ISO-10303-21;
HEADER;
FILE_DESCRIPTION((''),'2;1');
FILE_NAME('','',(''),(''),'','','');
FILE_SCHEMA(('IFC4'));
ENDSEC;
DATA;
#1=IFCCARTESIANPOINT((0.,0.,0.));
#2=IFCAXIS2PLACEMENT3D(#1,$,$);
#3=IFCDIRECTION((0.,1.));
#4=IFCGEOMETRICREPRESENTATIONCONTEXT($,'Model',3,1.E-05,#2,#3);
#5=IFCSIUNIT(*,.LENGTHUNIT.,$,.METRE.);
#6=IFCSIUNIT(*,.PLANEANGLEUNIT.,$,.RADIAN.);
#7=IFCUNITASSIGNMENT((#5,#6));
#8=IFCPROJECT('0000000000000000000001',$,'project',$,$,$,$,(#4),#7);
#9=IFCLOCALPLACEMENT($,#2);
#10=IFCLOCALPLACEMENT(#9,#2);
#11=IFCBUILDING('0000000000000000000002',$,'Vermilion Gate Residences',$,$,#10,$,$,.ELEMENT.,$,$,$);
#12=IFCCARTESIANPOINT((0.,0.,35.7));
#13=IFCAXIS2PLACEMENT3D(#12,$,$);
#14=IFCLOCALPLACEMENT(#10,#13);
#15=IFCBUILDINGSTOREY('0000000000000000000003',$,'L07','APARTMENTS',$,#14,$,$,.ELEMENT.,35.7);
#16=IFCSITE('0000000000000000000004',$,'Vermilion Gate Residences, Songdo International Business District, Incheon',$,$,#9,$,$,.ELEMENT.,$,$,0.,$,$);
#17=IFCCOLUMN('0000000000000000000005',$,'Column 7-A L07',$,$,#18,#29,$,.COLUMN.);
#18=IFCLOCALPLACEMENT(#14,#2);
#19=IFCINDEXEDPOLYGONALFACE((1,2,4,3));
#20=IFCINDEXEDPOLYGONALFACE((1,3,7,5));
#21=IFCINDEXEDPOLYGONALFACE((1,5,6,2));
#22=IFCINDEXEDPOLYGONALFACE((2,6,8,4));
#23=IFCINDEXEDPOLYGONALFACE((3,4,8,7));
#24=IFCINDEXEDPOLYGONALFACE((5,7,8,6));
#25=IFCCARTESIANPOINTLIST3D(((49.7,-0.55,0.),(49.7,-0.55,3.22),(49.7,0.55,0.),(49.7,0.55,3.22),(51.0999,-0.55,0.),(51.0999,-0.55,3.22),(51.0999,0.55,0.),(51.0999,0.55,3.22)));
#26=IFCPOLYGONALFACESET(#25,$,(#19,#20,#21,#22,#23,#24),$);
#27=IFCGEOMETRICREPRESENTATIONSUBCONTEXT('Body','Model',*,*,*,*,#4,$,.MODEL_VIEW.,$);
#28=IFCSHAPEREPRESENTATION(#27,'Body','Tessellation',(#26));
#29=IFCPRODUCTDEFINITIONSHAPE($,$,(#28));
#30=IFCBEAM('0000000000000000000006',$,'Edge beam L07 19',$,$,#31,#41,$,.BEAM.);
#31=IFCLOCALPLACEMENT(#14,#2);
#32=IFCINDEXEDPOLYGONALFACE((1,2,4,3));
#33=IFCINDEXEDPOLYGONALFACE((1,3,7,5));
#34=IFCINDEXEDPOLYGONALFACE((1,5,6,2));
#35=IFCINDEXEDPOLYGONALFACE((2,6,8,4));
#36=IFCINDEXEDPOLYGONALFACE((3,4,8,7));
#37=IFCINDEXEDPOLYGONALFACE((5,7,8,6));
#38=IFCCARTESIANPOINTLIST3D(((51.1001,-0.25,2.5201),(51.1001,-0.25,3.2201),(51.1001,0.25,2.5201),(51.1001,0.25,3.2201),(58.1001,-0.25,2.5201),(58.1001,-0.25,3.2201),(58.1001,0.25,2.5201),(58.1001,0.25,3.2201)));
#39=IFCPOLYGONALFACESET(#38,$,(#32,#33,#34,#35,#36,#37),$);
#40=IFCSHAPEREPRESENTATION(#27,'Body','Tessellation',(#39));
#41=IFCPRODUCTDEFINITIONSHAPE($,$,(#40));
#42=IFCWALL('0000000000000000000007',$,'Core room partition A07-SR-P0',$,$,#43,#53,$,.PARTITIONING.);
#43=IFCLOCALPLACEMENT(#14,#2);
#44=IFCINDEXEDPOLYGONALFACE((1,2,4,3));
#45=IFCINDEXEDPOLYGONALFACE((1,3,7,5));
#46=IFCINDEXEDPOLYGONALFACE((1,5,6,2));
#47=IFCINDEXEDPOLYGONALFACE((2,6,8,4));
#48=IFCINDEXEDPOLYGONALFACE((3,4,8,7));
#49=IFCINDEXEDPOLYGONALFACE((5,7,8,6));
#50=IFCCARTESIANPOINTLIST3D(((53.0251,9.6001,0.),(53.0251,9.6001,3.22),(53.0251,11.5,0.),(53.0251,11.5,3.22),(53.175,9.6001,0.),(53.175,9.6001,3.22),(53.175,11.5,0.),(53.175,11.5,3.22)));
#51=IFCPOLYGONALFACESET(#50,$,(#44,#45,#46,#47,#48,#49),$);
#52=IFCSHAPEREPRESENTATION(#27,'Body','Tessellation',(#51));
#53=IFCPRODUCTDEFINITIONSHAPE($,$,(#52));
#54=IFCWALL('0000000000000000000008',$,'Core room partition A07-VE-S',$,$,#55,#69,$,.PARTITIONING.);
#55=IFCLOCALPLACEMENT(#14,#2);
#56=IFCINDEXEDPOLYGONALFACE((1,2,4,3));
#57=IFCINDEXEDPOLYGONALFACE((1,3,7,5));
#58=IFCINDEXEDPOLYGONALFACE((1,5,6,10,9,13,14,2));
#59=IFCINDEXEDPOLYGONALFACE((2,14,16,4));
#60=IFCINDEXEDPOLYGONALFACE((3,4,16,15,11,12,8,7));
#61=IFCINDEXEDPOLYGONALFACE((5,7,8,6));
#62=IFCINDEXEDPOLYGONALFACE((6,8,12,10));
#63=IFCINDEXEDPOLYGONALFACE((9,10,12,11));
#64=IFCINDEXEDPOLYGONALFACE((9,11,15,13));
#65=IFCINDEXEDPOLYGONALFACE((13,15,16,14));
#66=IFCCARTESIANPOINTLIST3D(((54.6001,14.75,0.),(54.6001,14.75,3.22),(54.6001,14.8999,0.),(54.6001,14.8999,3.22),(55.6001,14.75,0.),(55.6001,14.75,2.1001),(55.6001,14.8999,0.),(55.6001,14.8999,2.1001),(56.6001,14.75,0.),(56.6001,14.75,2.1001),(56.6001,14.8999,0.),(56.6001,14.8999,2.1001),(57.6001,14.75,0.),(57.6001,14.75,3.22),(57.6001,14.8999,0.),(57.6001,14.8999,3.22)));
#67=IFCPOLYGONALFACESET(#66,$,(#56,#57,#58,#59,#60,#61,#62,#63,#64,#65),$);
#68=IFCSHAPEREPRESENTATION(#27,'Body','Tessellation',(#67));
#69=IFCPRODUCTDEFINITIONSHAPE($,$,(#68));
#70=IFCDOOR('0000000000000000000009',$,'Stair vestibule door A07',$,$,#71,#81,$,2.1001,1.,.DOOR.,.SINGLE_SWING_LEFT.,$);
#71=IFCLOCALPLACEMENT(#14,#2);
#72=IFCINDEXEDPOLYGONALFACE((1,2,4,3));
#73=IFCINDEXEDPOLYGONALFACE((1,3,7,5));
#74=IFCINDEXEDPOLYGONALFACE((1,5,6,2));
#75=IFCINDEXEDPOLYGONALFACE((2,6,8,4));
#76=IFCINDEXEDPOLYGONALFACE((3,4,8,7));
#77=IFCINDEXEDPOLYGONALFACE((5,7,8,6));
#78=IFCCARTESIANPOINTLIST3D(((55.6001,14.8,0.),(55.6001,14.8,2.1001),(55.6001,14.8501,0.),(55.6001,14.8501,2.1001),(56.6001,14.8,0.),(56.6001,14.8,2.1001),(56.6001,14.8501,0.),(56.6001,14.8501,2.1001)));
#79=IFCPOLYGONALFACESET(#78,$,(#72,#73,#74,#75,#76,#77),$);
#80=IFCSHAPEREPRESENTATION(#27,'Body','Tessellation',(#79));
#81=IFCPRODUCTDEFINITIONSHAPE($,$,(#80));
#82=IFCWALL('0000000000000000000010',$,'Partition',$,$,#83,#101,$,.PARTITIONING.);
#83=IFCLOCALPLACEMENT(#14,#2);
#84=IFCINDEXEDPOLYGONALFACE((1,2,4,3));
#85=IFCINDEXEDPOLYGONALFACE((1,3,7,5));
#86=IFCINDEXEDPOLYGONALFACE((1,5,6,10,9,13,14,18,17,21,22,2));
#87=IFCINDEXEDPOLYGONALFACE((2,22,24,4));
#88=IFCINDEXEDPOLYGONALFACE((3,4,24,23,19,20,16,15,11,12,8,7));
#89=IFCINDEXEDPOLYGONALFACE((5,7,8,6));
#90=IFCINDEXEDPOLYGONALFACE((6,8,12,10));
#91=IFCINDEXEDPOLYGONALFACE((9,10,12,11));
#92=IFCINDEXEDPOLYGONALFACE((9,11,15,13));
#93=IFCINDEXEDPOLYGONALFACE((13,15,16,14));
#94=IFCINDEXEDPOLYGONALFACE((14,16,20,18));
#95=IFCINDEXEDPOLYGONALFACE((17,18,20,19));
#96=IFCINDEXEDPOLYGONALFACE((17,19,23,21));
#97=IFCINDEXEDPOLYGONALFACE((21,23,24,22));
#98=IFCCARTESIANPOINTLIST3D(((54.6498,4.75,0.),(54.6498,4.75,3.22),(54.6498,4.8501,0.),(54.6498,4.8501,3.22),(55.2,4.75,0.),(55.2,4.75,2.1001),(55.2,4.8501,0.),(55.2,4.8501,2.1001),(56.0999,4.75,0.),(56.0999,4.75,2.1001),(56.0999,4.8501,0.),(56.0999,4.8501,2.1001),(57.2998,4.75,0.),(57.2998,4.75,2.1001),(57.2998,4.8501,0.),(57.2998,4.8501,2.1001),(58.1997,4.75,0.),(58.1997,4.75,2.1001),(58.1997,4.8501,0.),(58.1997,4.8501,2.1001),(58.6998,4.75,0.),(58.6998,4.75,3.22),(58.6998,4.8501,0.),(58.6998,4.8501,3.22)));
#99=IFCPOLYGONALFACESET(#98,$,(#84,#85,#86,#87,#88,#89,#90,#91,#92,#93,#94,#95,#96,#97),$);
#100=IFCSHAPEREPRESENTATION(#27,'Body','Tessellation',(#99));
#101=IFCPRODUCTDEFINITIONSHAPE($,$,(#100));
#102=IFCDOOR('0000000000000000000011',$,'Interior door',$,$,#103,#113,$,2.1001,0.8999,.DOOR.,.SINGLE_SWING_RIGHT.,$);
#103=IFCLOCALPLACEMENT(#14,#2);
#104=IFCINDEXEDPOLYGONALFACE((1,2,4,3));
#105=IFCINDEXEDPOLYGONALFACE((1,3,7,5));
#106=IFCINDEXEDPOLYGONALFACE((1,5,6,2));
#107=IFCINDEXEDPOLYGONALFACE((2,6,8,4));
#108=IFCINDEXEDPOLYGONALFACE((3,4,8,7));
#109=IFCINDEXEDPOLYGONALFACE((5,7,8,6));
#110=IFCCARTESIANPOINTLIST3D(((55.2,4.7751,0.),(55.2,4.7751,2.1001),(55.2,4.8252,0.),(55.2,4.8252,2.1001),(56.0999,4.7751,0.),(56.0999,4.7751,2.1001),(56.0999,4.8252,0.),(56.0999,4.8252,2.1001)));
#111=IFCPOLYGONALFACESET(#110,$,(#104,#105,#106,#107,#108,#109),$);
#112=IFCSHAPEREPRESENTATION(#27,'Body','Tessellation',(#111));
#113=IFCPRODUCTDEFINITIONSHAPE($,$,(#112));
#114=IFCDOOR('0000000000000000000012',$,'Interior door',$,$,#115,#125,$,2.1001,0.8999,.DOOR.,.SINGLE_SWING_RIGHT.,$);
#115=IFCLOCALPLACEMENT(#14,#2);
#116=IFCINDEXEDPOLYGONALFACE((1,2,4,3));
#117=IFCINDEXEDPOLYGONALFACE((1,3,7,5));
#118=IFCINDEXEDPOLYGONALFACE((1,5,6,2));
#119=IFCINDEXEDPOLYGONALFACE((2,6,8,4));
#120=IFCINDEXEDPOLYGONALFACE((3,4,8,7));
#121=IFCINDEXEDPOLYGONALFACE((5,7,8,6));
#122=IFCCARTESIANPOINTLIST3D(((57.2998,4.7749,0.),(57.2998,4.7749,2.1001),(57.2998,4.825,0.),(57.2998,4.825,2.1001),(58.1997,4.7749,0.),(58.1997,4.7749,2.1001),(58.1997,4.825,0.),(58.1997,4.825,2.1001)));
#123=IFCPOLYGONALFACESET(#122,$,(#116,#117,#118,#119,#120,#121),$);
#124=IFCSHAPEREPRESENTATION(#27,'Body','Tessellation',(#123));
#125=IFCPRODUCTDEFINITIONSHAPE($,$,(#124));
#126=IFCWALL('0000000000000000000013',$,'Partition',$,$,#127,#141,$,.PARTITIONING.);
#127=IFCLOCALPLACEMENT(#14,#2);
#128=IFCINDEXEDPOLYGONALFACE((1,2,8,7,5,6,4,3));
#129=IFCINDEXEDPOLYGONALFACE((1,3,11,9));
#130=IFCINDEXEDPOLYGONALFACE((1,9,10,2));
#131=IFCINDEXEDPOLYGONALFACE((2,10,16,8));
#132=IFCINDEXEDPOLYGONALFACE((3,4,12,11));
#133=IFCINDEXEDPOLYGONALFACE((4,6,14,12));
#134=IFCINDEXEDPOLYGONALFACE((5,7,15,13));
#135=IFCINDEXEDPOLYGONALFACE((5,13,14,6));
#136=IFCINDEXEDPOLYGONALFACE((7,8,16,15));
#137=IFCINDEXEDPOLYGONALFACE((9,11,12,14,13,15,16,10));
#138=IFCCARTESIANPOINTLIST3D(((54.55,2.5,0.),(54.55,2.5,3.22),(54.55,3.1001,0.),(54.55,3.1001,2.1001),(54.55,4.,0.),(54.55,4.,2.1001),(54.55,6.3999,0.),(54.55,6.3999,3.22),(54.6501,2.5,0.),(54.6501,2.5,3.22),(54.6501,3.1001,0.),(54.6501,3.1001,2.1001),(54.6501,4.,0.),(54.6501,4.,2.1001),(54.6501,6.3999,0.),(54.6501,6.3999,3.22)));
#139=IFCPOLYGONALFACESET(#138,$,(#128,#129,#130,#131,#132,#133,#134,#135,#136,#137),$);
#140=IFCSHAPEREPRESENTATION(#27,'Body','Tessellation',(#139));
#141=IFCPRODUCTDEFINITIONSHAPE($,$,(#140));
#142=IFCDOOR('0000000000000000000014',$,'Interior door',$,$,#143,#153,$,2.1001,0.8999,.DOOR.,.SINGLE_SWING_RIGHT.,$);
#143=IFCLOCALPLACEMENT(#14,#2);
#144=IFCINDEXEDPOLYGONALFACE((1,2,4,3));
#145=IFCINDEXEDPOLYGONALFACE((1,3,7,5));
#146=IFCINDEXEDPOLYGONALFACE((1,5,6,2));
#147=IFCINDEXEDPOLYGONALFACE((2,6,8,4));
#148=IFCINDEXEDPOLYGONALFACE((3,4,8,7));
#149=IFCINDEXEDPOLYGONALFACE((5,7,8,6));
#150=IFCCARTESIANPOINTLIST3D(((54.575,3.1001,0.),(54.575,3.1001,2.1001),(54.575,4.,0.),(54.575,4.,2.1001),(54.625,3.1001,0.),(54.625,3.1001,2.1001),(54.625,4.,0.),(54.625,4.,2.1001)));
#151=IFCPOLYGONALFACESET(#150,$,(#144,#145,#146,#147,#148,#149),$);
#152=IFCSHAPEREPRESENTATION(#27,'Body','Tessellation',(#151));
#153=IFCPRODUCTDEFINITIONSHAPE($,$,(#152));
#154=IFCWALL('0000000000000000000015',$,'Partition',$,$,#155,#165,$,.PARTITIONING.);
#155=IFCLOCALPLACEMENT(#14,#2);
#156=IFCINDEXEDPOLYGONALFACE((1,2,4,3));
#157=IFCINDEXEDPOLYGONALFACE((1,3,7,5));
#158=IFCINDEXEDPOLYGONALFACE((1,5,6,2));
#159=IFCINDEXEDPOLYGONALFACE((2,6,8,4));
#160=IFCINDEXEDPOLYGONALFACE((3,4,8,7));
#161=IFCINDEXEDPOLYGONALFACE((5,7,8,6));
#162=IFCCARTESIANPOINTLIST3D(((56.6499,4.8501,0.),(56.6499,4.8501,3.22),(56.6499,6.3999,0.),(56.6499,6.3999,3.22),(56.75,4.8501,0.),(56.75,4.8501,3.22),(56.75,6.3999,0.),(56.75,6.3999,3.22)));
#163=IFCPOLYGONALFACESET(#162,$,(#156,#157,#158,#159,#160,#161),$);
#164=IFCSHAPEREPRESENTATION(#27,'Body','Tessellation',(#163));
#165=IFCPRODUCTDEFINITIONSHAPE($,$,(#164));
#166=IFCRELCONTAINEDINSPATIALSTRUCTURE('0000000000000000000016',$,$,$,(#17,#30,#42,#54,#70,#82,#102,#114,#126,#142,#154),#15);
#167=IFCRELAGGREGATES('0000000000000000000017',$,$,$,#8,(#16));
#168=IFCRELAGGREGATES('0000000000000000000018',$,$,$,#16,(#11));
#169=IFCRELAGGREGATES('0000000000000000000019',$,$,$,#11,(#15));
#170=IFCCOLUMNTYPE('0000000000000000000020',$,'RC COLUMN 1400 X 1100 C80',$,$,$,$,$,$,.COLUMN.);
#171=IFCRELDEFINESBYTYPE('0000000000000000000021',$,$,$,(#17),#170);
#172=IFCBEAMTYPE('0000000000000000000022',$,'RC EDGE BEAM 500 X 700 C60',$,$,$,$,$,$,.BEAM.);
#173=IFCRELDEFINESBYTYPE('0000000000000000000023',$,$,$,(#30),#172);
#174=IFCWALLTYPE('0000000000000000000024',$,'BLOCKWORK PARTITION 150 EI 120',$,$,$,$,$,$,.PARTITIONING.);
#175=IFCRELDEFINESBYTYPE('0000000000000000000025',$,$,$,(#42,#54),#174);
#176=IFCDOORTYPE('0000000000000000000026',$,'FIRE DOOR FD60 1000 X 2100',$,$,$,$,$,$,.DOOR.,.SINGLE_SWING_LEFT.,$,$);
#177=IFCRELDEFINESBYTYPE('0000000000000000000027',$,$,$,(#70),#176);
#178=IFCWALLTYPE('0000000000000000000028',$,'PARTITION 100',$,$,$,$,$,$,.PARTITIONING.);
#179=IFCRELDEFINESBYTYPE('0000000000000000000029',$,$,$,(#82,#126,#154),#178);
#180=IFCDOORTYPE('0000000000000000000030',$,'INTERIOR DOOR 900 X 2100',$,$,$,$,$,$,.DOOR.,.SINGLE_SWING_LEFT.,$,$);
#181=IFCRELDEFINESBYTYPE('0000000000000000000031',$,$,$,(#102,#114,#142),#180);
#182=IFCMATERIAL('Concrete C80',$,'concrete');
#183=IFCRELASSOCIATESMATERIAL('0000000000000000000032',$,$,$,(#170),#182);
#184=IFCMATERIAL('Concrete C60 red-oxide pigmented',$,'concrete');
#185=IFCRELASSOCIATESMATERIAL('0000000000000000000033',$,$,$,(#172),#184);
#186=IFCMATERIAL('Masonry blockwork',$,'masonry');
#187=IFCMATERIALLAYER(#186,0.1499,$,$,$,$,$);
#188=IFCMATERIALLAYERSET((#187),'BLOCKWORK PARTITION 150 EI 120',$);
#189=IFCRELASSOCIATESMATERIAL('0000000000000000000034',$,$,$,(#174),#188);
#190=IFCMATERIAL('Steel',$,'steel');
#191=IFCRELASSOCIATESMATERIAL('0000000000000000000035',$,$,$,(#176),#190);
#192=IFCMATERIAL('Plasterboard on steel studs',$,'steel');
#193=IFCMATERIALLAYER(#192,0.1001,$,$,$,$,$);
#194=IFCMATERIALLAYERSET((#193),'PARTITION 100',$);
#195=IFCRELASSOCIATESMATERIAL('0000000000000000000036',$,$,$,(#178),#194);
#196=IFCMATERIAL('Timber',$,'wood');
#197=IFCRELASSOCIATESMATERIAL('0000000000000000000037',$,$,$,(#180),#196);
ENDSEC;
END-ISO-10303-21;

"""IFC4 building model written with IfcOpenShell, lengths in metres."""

from ifc_helpers import new_model, si_unit, direction, frame, frame_2d, origin, origin_2d, place, context, subcontext, project, spatial, rectangle, extrude, material, layer, layer_set, material_profile, profile_set, type_object, element, fill, save


model = new_model("IFC4")

# Units and contexts
model_context = context("Model", 3, precision=1e-05, world=origin(), true_north=direction((0.0, 1.0)))
body_context = subcontext(model_context, "Body", "Model", "MODEL_VIEW")
ifc_project = project(units=[si_unit("LENGTHUNIT", "METRE"), si_unit("PLANEANGLEUNIT", "RADIAN")], contexts=[model_context])

# Site, building, storey
site_placement = place(None, origin())
site = spatial("IfcSite", under=ifc_project, at=site_placement, Name="Vermilion Gate Residences, Songdo International Business District, Incheon", CompositionType="ELEMENT", RefElevation=0.0)
building_placement = place(site_placement, origin())
building = spatial("IfcBuilding", under=site, at=building_placement, Name="Vermilion Gate Residences", CompositionType="ELEMENT")
storey_placement = place(building_placement, frame((0.0, 0.0, 35.7)))
storey = spatial("IfcBuildingStorey", under=building, at=storey_placement, Name="L07", Description="APARTMENTS", CompositionType="ELEMENT", Elevation=35.7)

# Column
ifc_material_1 = material(Name="Concrete C80", Category="concrete")
ifc_material_profile_1 = material_profile(ifc_material_1, rectangle(XDim=1.3999, YDim=1.1001, at=origin_2d()), Name="RC-1400x1100")
ifc_profile_set_1 = profile_set([ifc_material_profile_1], Name="Concrete C80")
column_type = type_object("IfcColumnType", Name="RC COLUMN 1400 X 1100 C80", PredefinedType="COLUMN", material=ifc_profile_set_1)
column_placement = place(storey_placement, frame((50.3999, 0.0, 0.0), z_axis=(0.0, 0.0, 1.0), x_axis=(1.0, 0.0, 0.0)))
element("IfcColumn", 1, at=column_placement, inside=storey, type_object=column_type, Name="Column 7-A L07", PredefinedType="COLUMN", context=body_context, shape_type="SweptSolid", body=[
    extrude(rectangle(XDim=1.3999, YDim=1.1001, at=origin_2d()), origin(), (0.0, 0.0, 1.0), 3.22),
])

# Beam
ifc_material_2 = material(Name="Concrete C60 red-oxide pigmented", Category="concrete")
ifc_material_profile_2 = material_profile(ifc_material_2, rectangle(XDim=0.5, YDim=0.7, at=origin_2d()), Name="RC-500x700")
ifc_profile_set_2 = profile_set([ifc_material_profile_2], Name="Concrete C60 red-oxide pigmented")
beam_type = type_object("IfcBeamType", Name="RC EDGE BEAM 500 X 700 C60", PredefinedType="BEAM", material=ifc_profile_set_2)
beam_placement = place(storey_placement, frame((51.1001, 0.0, 2.8701), z_axis=(1.0, 0.0, 0.0), x_axis=(0.0, 1.0, 0.0)))
element("IfcBeam", 2, at=beam_placement, inside=storey, type_object=beam_type, Name="Edge beam L07 19", PredefinedType="BEAM", context=body_context, shape_type="SweptSolid", body=[
    extrude(rectangle(XDim=0.5, YDim=0.7, at=origin_2d()), origin(), (0.0, 0.0, 1.0), 7.0),
])

# Wall
ifc_material_3 = material(Name="Masonry blockwork", Category="masonry")
ifc_layer_1 = layer(ifc_material_3, 0.1499)
ifc_layer_set_1 = layer_set([ifc_layer_1], Name="BLOCKWORK PARTITION 150 EI 120")
wall_type_1 = type_object("IfcWallType", Name="BLOCKWORK PARTITION 150 EI 120", PredefinedType="PARTITIONING", material=ifc_layer_set_1)
wall_1_placement = place(storey_placement, frame((53.1001, 9.6001, 0.0), z_axis=(0.0, 0.0, 1.0), x_axis=(0.0, 1.0, 0.0)))
element("IfcWall", 3, at=wall_1_placement, inside=storey, type_object=wall_type_1, Name="Core room partition A07-SR-P0", PredefinedType="PARTITIONING", context=body_context, shape_type="SweptSolid", body=[
    extrude(rectangle(XDim=1.8999, YDim=0.1499, at=frame_2d((0.95, 0.0))), origin(), (0.0, 0.0, 1.0), 3.22),
])

# Wall, opening, door
wall_2_placement = place(storey_placement, frame((54.6001, 14.825, 0.0), z_axis=(0.0, 0.0, 1.0), x_axis=(1.0, 0.0, 0.0)))
wall_2 = element("IfcWall", 4, at=wall_2_placement, inside=storey, type_object=wall_type_1, Name="Core room partition A07-VE-S", PredefinedType="PARTITIONING", context=body_context, shape_type="SweptSolid", body=[
    extrude(rectangle(XDim=3.0, YDim=0.1499, at=frame_2d((1.5, 0.0))), origin(), (0.0, 0.0, 1.0), 3.22),
])
opening_1_placement = place(wall_2_placement, frame((1.0, 0.0, 0.0)))
opening_1 = element("IfcOpeningElement", 5, at=opening_1_placement, cuts=wall_2, PredefinedType="OPENING", context=body_context, shape_type="SweptSolid", body=[
    extrude(rectangle(XDim=1.0, YDim=2.1001, at=frame_2d((0.5, 1.05))), frame((0.0, 0.085, 0.0), z_axis=(0.0, -1.0, 0.0), x_axis=(1.0, 0.0, 0.0)), (0.0, 0.0, 1.0), 0.1699),
])
ifc_material_4 = material(Name="Steel", Category="steel")
door_type_1 = type_object("IfcDoorType", Name="FIRE DOOR FD60 1000 X 2100", OperationType="SINGLE_SWING_LEFT", PredefinedType="DOOR", material=ifc_material_4)
door_1_placement = place(opening_1_placement, frame((1.0, 0.0, 0.0), z_axis=(0.0, 0.0, 1.0), x_axis=(-1.0, 0.0, 0.0)))
door_1 = element("IfcDoor", 6, at=door_1_placement, inside=storey, type_object=door_type_1, Name="Stair vestibule door A07", OperationType="SINGLE_SWING_LEFT", OverallHeight=2.1001, OverallWidth=1.0, PredefinedType="DOOR", context=body_context, shape_type="SweptSolid", body=[
    extrude(rectangle(XDim=1.0, YDim=2.1001, at=frame_2d((0.5, 1.05))), frame((0.0, 0.0249, 0.0), z_axis=(0.0, -1.0, 0.0), x_axis=(1.0, 0.0, 0.0)), (0.0, 0.0, 1.0), 0.05),
])
fill(opening_1, door_1)

# Wall, openings, doors
ifc_material_5 = material(Name="Plasterboard on steel studs", Category="steel")
ifc_layer_2 = layer(ifc_material_5, 0.1001)
ifc_layer_set_2 = layer_set([ifc_layer_2], Name="PARTITION 100")
wall_type_2 = type_object("IfcWallType", Name="PARTITION 100", PredefinedType="PARTITIONING", material=ifc_layer_set_2)
wall_3_placement = place(storey_placement, frame((54.6499, 4.8, 0.0), z_axis=(0.0, 0.0, 1.0), x_axis=(1.0, 0.0, 0.0)))
wall_3 = element("IfcWall", 7, at=wall_3_placement, inside=storey, type_object=wall_type_2, Name="Partition", PredefinedType="PARTITIONING", context=body_context, shape_type="SweptSolid", body=[
    extrude(rectangle(XDim=4.05, YDim=0.1001, at=frame_2d((2.0249, 0.0))), origin(), (0.0, 0.0, 1.0), 3.22),
])
opening_2_placement = place(wall_3_placement, frame((0.55, 0.0, 0.0)))
opening_2 = element("IfcOpeningElement", 8, at=opening_2_placement, cuts=wall_3, PredefinedType="OPENING", context=body_context, shape_type="SweptSolid", body=[
    extrude(rectangle(XDim=0.8999, YDim=2.1001, at=frame_2d((0.45, 1.05))), frame((0.0, 0.0601, 0.0), z_axis=(0.0, -1.0, 0.0), x_axis=(1.0, 0.0, 0.0)), (0.0, 0.0, 1.0), 0.1201),
])
opening_3_placement = place(wall_3_placement, frame((2.6499, 0.0, 0.0)))
opening_3 = element("IfcOpeningElement", 9, at=opening_3_placement, cuts=wall_3, PredefinedType="OPENING", context=body_context, shape_type="SweptSolid", body=[
    extrude(rectangle(XDim=0.8999, YDim=2.1001, at=frame_2d((0.45, 1.05))), frame((0.0, 0.0601, 0.0), z_axis=(0.0, -1.0, 0.0), x_axis=(1.0, 0.0, 0.0)), (0.0, 0.0, 1.0), 0.1201),
])
ifc_material_6 = material(Name="Timber", Category="wood")
door_type_2 = type_object("IfcDoorType", Name="INTERIOR DOOR 900 X 2100", OperationType="SINGLE_SWING_LEFT", PredefinedType="DOOR", material=ifc_material_6)
door_2_placement = place(opening_2_placement, frame((0.8999, 0.0, 0.0), z_axis=(0.0, 0.0, 1.0), x_axis=(-1.0, 0.0, 0.0)))
door_2 = element("IfcDoor", 10, at=door_2_placement, inside=storey, type_object=door_type_2, Name="Interior door", OperationType="SINGLE_SWING_RIGHT", OverallHeight=2.1001, OverallWidth=0.8999, PredefinedType="DOOR", context=body_context, shape_type="SweptSolid", body=[
    extrude(rectangle(XDim=0.8999, YDim=2.1001, at=frame_2d((0.45, 1.05))), frame((0.0, 0.0249, 0.0), z_axis=(0.0, -1.0, 0.0), x_axis=(1.0, 0.0, 0.0)), (0.0, 0.0, 1.0), 0.05),
])
fill(opening_2, door_2)
door_3_placement = place(opening_3_placement, origin())
door_3 = element("IfcDoor", 11, at=door_3_placement, inside=storey, type_object=door_type_2, Name="Interior door", OperationType="SINGLE_SWING_RIGHT", OverallHeight=2.1001, OverallWidth=0.8999, PredefinedType="DOOR", context=body_context, shape_type="SweptSolid", body=[
    extrude(rectangle(XDim=0.8999, YDim=2.1001, at=frame_2d((0.45, 1.05))), frame((0.0, 0.0249, 0.0), z_axis=(0.0, -1.0, 0.0), x_axis=(1.0, 0.0, 0.0)), (0.0, 0.0, 1.0), 0.05),
])
fill(opening_3, door_3)

# Wall, opening, door
wall_4_placement = place(storey_placement, frame((54.6001, 2.5, 0.0), z_axis=(0.0, 0.0, 1.0), x_axis=(0.0, 1.0, 0.0)))
wall_4 = element("IfcWall", 12, at=wall_4_placement, inside=storey, type_object=wall_type_2, Name="Partition", PredefinedType="PARTITIONING", context=body_context, shape_type="SweptSolid", body=[
    extrude(rectangle(XDim=3.8999, YDim=0.1001, at=frame_2d((1.95, 0.0))), origin(), (0.0, 0.0, 1.0), 3.22),
])
opening_4_placement = place(wall_4_placement, frame((0.6001, 0.0, 0.0)))
opening_4 = element("IfcOpeningElement", 13, at=opening_4_placement, cuts=wall_4, PredefinedType="OPENING", context=body_context, shape_type="SweptSolid", body=[
    extrude(rectangle(XDim=0.8999, YDim=2.1001, at=frame_2d((0.45, 1.05))), frame((0.0, 0.0601, 0.0), z_axis=(0.0, -1.0, 0.0), x_axis=(1.0, 0.0, 0.0)), (0.0, 0.0, 1.0), 0.1201),
])
door_4_placement = place(opening_4_placement, frame((0.8999, 0.0, 0.0), z_axis=(0.0, 0.0, 1.0), x_axis=(-1.0, 0.0, 0.0)))
door_4 = element("IfcDoor", 14, at=door_4_placement, inside=storey, type_object=door_type_2, Name="Interior door", OperationType="SINGLE_SWING_RIGHT", OverallHeight=2.1001, OverallWidth=0.8999, PredefinedType="DOOR", context=body_context, shape_type="SweptSolid", body=[
    extrude(rectangle(XDim=0.8999, YDim=2.1001, at=frame_2d((0.45, 1.05))), frame((0.0, 0.0249, 0.0), z_axis=(0.0, -1.0, 0.0), x_axis=(1.0, 0.0, 0.0)), (0.0, 0.0, 1.0), 0.05),
])
fill(opening_4, door_4)

# Wall
wall_5_placement = place(storey_placement, frame((56.7, 4.8501, 0.0), z_axis=(0.0, 0.0, 1.0), x_axis=(0.0, 1.0, 0.0)))
element("IfcWall", 15, at=wall_5_placement, inside=storey, type_object=wall_type_2, Name="Partition", PredefinedType="PARTITIONING", context=body_context, shape_type="SweptSolid", body=[
    extrude(rectangle(XDim=1.5498, YDim=0.1001, at=frame_2d((0.7749, 0.0))), origin(), (0.0, 0.0, 1.0), 3.22),
])

save(model, "model.ifc")
